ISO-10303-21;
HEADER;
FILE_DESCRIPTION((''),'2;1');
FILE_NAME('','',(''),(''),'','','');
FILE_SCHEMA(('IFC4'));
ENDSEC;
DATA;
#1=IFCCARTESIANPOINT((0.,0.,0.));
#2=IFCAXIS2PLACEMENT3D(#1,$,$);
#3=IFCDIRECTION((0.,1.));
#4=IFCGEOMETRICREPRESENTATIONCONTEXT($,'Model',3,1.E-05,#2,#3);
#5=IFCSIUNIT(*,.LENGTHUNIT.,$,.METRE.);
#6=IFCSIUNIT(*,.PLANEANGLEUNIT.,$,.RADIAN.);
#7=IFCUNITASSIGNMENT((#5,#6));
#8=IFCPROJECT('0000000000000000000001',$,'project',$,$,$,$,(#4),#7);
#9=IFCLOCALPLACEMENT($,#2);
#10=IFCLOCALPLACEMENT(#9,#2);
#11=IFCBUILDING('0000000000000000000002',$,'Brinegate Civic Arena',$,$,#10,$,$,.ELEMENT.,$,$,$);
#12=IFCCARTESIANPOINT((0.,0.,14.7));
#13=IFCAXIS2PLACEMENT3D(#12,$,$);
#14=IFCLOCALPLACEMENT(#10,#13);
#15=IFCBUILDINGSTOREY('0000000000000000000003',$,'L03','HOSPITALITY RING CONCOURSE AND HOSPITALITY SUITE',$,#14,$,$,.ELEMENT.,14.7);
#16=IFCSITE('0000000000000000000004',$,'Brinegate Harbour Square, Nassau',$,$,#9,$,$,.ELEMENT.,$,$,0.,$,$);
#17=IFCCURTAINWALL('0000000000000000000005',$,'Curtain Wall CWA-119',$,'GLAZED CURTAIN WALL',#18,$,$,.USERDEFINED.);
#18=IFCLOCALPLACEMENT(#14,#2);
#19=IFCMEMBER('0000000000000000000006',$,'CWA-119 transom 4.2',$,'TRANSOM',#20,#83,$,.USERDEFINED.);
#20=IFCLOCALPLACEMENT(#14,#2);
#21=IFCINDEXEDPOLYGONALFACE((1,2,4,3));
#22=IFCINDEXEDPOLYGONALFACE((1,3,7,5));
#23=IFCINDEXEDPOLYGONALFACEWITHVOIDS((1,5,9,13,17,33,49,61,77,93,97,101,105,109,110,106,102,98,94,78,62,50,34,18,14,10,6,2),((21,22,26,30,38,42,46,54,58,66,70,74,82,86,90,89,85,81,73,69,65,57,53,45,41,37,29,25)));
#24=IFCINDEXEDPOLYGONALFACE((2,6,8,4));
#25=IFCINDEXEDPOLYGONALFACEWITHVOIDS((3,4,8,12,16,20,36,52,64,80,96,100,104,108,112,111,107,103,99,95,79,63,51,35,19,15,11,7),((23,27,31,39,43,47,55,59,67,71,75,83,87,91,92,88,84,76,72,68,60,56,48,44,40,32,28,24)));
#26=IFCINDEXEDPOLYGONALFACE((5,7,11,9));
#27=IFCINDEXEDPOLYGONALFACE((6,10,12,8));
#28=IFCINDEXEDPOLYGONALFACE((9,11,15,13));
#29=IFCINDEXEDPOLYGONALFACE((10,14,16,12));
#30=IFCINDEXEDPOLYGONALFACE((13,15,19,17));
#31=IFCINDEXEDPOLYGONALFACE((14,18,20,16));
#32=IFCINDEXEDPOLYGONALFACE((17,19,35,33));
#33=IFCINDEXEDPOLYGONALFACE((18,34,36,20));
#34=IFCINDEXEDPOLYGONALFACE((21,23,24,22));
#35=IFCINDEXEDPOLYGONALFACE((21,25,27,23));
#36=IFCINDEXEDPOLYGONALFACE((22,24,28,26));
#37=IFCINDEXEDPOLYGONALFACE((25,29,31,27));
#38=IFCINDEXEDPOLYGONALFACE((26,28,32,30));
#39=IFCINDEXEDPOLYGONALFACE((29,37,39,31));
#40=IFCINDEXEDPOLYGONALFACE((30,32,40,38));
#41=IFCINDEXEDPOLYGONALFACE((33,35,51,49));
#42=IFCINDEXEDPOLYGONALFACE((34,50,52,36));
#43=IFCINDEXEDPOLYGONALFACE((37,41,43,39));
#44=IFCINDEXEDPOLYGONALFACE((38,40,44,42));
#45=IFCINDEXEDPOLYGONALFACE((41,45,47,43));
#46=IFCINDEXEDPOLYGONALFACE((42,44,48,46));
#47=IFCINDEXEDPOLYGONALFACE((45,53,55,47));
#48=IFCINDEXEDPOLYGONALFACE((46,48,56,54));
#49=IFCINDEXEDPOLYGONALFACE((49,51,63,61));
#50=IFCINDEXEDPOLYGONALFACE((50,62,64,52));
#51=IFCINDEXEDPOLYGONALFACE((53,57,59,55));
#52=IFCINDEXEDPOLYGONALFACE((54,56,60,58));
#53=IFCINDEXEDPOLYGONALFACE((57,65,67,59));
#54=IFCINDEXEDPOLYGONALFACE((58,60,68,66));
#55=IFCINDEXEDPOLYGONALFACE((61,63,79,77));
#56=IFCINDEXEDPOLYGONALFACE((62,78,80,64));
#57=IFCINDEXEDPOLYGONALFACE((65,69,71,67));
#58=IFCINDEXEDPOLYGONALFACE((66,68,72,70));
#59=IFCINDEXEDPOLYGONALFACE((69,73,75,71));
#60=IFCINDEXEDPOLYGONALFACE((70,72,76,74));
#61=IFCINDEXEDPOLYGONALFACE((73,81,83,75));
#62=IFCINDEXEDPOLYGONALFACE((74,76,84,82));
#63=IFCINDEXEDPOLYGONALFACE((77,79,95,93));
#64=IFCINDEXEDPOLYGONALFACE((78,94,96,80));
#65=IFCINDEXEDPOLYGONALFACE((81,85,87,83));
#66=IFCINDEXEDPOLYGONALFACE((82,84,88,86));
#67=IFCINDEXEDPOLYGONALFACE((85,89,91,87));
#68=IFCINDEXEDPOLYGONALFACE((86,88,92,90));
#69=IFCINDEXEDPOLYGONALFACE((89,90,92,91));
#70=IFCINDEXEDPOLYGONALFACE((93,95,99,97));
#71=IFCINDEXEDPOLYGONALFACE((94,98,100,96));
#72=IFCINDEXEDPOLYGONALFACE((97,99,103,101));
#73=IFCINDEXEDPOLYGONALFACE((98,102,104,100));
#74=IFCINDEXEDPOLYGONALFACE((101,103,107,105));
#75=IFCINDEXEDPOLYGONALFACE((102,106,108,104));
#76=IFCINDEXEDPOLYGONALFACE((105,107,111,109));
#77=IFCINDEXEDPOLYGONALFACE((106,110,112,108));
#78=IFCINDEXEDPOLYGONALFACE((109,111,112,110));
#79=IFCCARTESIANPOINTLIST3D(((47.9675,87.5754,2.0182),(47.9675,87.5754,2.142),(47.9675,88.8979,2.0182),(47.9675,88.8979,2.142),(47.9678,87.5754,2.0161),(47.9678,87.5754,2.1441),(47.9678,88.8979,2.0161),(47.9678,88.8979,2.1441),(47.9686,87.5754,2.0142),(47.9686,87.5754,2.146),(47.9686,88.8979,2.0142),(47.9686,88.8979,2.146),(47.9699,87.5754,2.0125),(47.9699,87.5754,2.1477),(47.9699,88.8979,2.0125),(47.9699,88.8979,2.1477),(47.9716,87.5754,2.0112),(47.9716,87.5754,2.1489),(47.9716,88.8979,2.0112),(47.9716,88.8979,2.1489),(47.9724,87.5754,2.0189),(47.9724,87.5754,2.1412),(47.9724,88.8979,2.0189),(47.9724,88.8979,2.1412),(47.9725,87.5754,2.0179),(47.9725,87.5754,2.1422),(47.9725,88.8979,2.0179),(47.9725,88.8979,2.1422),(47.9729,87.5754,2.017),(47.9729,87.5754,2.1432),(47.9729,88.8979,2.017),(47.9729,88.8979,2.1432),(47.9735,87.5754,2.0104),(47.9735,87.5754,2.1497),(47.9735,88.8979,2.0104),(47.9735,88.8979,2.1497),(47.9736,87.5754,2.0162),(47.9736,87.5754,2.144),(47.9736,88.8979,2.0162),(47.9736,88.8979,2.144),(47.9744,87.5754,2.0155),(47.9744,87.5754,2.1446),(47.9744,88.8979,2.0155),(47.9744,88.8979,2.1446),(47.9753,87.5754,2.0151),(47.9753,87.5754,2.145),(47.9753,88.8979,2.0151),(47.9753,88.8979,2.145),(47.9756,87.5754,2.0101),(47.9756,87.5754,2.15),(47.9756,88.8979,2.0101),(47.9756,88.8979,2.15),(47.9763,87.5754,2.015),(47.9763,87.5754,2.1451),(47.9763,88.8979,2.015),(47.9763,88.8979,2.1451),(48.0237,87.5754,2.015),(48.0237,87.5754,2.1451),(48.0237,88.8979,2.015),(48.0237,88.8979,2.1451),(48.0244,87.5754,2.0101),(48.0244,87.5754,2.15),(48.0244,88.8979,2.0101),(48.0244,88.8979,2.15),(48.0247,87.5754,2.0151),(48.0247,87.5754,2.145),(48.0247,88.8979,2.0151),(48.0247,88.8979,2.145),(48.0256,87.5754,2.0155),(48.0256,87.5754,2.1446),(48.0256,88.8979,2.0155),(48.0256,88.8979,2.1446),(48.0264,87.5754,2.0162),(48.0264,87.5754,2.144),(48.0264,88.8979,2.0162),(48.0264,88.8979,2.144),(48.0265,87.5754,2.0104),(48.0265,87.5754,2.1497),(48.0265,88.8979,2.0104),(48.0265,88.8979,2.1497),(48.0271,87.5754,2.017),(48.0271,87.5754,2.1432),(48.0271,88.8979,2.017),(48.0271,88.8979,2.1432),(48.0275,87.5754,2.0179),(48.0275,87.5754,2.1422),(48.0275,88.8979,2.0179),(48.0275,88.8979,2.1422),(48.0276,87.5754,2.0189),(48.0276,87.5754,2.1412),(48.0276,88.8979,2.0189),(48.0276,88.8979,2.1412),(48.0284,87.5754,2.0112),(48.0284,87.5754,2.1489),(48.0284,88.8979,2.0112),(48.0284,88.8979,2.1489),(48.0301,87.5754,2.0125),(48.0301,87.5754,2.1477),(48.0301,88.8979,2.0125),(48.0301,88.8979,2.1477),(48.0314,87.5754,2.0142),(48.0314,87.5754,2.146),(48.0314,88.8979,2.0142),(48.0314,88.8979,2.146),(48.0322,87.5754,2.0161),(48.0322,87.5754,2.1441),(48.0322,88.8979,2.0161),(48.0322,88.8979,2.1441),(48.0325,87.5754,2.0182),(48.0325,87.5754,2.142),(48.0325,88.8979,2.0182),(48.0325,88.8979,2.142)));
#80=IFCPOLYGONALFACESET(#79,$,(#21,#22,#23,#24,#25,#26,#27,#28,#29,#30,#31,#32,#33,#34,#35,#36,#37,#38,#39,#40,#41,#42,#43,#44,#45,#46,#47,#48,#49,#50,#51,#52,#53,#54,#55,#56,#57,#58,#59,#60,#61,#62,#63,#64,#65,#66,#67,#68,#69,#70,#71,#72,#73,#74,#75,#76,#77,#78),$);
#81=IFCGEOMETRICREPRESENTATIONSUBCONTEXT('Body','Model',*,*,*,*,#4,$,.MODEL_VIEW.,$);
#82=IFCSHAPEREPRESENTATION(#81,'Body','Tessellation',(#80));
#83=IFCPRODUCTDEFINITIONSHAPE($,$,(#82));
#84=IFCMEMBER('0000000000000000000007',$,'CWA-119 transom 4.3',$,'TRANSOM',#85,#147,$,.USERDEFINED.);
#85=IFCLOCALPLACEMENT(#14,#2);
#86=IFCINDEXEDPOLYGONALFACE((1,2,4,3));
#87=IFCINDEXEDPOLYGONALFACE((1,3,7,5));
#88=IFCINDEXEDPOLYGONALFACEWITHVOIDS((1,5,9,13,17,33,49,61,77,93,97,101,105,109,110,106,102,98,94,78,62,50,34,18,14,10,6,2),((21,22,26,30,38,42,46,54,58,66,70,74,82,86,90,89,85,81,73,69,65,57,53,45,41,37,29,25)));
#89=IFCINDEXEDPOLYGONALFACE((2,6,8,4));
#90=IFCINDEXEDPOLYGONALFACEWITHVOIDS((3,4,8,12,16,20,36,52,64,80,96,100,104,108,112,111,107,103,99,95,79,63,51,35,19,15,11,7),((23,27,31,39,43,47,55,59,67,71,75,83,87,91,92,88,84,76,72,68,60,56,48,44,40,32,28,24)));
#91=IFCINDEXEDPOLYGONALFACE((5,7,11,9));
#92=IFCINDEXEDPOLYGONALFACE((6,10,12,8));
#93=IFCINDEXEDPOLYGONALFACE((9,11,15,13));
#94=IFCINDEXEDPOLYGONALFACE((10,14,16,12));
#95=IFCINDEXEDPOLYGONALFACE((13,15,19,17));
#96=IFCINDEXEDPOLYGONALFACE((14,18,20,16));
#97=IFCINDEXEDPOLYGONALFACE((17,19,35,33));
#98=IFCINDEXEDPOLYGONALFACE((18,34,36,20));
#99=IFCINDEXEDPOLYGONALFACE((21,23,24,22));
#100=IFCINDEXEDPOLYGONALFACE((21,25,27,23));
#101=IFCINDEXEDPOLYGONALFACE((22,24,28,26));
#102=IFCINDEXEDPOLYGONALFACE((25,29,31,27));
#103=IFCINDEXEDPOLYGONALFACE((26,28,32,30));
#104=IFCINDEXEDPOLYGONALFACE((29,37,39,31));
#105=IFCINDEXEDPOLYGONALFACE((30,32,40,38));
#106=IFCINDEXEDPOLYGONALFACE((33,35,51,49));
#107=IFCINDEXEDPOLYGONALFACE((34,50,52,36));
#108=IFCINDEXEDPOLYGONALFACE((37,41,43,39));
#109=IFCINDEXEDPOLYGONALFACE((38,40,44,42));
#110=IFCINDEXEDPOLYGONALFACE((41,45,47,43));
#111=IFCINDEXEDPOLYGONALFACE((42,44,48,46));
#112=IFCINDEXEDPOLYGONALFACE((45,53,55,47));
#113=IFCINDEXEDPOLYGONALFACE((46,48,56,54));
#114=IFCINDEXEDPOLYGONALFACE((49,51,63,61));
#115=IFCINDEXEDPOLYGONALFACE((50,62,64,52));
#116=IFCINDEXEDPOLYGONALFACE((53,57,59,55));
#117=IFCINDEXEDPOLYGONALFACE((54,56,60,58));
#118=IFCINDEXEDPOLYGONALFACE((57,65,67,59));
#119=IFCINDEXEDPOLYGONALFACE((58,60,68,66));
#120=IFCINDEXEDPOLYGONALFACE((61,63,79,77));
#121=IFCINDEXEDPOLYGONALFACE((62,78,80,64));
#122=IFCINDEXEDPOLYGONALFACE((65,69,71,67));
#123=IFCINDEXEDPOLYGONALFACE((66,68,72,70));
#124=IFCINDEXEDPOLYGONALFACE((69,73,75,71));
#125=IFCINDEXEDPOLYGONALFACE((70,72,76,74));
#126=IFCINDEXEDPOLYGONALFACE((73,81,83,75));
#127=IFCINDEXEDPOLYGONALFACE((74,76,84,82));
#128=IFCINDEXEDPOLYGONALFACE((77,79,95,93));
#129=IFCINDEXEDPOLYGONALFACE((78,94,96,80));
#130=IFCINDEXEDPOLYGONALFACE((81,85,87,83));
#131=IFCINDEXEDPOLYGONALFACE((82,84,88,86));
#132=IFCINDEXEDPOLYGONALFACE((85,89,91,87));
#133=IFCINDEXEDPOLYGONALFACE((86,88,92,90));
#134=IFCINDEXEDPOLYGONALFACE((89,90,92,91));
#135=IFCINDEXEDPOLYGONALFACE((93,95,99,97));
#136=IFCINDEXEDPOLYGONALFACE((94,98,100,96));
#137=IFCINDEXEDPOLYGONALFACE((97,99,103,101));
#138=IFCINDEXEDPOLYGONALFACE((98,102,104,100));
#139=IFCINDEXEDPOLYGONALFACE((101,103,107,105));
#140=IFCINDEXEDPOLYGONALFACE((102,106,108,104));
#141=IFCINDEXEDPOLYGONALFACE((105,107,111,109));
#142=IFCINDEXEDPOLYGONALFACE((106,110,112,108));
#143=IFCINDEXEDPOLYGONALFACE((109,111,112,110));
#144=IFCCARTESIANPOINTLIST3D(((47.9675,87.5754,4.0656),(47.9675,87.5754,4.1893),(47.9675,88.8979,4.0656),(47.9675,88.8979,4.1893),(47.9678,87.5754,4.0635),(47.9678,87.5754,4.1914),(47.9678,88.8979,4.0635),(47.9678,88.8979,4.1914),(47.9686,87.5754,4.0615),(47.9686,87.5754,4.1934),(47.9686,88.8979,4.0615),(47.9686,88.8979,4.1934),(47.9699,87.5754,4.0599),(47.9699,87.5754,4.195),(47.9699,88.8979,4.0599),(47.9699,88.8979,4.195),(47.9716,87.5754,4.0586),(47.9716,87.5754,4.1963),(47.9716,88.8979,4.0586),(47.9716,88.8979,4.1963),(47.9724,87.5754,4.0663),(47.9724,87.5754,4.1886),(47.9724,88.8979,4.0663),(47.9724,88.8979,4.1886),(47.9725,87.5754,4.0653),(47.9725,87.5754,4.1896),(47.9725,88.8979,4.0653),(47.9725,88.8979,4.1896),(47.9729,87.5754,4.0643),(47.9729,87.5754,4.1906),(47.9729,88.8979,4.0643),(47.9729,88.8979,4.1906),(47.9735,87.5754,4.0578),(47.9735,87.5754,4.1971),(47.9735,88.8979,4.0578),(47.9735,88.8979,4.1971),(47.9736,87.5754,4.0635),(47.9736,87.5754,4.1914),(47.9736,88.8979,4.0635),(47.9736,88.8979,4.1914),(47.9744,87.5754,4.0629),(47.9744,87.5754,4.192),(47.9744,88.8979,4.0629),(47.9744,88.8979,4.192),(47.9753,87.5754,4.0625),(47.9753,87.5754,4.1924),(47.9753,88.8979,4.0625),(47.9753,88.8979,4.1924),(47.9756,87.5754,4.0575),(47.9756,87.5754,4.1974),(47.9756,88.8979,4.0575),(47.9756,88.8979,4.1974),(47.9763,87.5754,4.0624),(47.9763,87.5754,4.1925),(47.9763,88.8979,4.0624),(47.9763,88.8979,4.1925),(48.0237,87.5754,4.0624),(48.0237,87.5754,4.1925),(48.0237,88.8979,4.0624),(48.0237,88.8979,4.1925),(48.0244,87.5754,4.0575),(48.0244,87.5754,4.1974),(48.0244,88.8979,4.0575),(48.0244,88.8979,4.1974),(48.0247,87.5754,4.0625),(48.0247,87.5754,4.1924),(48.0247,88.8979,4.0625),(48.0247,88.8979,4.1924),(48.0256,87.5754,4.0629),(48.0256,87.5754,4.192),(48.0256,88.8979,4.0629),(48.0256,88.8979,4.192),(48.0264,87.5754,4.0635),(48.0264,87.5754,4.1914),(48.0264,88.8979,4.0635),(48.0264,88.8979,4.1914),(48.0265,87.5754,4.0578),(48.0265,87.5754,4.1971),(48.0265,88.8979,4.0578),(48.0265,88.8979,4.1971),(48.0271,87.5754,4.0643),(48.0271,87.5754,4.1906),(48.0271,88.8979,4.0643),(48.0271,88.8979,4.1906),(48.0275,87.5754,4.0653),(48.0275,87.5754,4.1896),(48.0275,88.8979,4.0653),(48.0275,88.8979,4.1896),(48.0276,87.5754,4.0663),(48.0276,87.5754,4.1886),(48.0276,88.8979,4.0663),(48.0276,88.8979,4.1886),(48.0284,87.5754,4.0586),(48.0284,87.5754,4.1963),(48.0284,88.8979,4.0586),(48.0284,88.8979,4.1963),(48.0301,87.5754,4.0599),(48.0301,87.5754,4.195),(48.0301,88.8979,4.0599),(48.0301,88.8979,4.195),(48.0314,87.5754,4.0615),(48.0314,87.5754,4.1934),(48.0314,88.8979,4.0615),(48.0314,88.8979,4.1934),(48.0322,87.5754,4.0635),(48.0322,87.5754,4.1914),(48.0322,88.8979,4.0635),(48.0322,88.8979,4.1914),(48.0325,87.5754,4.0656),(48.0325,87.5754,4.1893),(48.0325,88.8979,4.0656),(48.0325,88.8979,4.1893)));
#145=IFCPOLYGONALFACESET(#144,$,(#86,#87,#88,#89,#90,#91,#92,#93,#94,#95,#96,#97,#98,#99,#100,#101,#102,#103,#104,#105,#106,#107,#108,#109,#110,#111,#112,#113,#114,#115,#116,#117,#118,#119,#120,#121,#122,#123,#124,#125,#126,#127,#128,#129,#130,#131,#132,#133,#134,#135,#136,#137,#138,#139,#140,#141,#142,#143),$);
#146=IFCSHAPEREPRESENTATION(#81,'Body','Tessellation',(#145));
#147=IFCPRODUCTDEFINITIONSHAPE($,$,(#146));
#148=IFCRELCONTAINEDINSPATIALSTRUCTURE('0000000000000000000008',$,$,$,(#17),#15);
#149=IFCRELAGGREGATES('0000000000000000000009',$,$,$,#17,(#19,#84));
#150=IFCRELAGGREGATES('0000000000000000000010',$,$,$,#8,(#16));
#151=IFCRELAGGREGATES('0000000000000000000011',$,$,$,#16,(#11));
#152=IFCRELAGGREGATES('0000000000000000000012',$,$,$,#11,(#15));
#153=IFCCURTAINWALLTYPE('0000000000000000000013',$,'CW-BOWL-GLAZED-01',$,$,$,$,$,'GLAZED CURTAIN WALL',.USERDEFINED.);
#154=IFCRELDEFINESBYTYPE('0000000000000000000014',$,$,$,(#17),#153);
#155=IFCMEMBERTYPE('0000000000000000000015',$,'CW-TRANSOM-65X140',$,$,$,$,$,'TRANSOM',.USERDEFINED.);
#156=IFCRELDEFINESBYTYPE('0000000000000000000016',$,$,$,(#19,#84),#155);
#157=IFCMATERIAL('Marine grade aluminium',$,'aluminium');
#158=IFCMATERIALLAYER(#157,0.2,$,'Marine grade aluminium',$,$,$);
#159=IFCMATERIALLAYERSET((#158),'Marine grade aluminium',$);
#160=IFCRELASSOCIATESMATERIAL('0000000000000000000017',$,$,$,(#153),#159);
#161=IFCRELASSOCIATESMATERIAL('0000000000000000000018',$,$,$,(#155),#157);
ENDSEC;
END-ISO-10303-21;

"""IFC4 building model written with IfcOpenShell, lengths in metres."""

from ifc_helpers import new_model, si_unit, direction, frame, origin, origin_2d, place, context, subcontext, project, spatial, hollow_rectangle, extrude, material, layer, layer_set, material_profile, profile_set, type_object, element, aggregate, save


model = new_model("IFC4")

# Units and contexts
model_context = context("Model", 3, precision=1e-05, world=origin(), true_north=direction((0.0, 1.0)))
body_context = subcontext(model_context, "Body", "Model", "MODEL_VIEW")
ifc_project = project(units=[si_unit("LENGTHUNIT", "METRE"), si_unit("PLANEANGLEUNIT", "RADIAN")], contexts=[model_context])

# Site, building, storey
site_placement = place(None, origin())
site = spatial("IfcSite", under=ifc_project, at=site_placement, Name="Brinegate Harbour Square, Nassau", CompositionType="ELEMENT", RefElevation=0.0)
building_placement = place(site_placement, origin())
building = spatial("IfcBuilding", under=site, at=building_placement, Name="Brinegate Civic Arena", CompositionType="ELEMENT")
storey_placement = place(building_placement, frame((0.0, 0.0, 14.7)))
storey = spatial("IfcBuildingStorey", under=building, at=storey_placement, Name="L03", Description="HOSPITALITY RING CONCOURSE AND HOSPITALITY SUITE", CompositionType="ELEMENT", Elevation=14.7)

# Curtain wall, members
ifc_material_1 = material(Name="Marine grade aluminium", Category="aluminium")
ifc_layer_1 = layer(ifc_material_1, 0.2, Name="Marine grade aluminium")
ifc_layer_set_1 = layer_set([ifc_layer_1], Name="Marine grade aluminium")
curtain_wall_type = type_object("IfcCurtainWallType", Name="CW-BOWL-GLAZED-01", ElementType="GLAZED CURTAIN WALL", PredefinedType="USERDEFINED", material=ifc_layer_set_1)
curtain_wall_1_placement = place(storey_placement, origin())
curtain_wall_1 = element("IfcCurtainWall", 1, at=curtain_wall_1_placement, inside=storey, type_object=curtain_wall_type, Name="Curtain Wall CWA-119", ObjectType="GLAZED CURTAIN WALL", PredefinedType="USERDEFINED")
ifc_material_profile_1 = material_profile(ifc_material_1, hollow_rectangle(XDim=0.0649, YDim=0.1399, WallThickness=0.0049, InnerFilletRadius=0.0039, OuterFilletRadius=0.0081, at=origin_2d()), Name="TRN65X140")
ifc_profile_set_1 = profile_set([ifc_material_profile_1], Name="Marine grade aluminium")
member_type_1 = type_object("IfcMemberType", Name="CW-TRANSOM-65X140", ElementType="TRANSOM", PredefinedType="USERDEFINED", material=ifc_profile_set_1)
member_1_placement = place(storey_placement, frame((48.0, 87.5754, 2.0801), z_axis=(0.0, 1.0, 0.0), x_axis=(-1.0, 0.0, 0.0)))
member_1 = element("IfcMember", 2, at=member_1_placement, type_object=member_type_1, Name="CWA-119 transom 4.2", ObjectType="TRANSOM", PredefinedType="USERDEFINED", context=body_context, shape_type="SweptSolid", body=[
    extrude(hollow_rectangle(XDim=0.0649, YDim=0.1399, WallThickness=0.0049, InnerFilletRadius=0.0039, OuterFilletRadius=0.0081, at=origin_2d()), origin(), (0.0, 0.0, 1.0), 1.3225),
])
member_2_placement = place(storey_placement, frame((48.0, 87.5754, 4.1274), z_axis=(0.0, 1.0, 0.0), x_axis=(-1.0, 0.0, 0.0)))
member_2 = element("IfcMember", 3, at=member_2_placement, type_object=member_type_1, Name="CWA-119 transom 4.3", ObjectType="TRANSOM", PredefinedType="USERDEFINED", context=body_context, shape_type="SweptSolid", body=[
    extrude(hollow_rectangle(XDim=0.0649, YDim=0.1399, WallThickness=0.0049, InnerFilletRadius=0.0039, OuterFilletRadius=0.0081, at=origin_2d()), origin(), (0.0, 0.0, 1.0), 1.3225),
])

aggregate(curtain_wall_1, [member_1, member_2])

save(model, "model.ifc")
